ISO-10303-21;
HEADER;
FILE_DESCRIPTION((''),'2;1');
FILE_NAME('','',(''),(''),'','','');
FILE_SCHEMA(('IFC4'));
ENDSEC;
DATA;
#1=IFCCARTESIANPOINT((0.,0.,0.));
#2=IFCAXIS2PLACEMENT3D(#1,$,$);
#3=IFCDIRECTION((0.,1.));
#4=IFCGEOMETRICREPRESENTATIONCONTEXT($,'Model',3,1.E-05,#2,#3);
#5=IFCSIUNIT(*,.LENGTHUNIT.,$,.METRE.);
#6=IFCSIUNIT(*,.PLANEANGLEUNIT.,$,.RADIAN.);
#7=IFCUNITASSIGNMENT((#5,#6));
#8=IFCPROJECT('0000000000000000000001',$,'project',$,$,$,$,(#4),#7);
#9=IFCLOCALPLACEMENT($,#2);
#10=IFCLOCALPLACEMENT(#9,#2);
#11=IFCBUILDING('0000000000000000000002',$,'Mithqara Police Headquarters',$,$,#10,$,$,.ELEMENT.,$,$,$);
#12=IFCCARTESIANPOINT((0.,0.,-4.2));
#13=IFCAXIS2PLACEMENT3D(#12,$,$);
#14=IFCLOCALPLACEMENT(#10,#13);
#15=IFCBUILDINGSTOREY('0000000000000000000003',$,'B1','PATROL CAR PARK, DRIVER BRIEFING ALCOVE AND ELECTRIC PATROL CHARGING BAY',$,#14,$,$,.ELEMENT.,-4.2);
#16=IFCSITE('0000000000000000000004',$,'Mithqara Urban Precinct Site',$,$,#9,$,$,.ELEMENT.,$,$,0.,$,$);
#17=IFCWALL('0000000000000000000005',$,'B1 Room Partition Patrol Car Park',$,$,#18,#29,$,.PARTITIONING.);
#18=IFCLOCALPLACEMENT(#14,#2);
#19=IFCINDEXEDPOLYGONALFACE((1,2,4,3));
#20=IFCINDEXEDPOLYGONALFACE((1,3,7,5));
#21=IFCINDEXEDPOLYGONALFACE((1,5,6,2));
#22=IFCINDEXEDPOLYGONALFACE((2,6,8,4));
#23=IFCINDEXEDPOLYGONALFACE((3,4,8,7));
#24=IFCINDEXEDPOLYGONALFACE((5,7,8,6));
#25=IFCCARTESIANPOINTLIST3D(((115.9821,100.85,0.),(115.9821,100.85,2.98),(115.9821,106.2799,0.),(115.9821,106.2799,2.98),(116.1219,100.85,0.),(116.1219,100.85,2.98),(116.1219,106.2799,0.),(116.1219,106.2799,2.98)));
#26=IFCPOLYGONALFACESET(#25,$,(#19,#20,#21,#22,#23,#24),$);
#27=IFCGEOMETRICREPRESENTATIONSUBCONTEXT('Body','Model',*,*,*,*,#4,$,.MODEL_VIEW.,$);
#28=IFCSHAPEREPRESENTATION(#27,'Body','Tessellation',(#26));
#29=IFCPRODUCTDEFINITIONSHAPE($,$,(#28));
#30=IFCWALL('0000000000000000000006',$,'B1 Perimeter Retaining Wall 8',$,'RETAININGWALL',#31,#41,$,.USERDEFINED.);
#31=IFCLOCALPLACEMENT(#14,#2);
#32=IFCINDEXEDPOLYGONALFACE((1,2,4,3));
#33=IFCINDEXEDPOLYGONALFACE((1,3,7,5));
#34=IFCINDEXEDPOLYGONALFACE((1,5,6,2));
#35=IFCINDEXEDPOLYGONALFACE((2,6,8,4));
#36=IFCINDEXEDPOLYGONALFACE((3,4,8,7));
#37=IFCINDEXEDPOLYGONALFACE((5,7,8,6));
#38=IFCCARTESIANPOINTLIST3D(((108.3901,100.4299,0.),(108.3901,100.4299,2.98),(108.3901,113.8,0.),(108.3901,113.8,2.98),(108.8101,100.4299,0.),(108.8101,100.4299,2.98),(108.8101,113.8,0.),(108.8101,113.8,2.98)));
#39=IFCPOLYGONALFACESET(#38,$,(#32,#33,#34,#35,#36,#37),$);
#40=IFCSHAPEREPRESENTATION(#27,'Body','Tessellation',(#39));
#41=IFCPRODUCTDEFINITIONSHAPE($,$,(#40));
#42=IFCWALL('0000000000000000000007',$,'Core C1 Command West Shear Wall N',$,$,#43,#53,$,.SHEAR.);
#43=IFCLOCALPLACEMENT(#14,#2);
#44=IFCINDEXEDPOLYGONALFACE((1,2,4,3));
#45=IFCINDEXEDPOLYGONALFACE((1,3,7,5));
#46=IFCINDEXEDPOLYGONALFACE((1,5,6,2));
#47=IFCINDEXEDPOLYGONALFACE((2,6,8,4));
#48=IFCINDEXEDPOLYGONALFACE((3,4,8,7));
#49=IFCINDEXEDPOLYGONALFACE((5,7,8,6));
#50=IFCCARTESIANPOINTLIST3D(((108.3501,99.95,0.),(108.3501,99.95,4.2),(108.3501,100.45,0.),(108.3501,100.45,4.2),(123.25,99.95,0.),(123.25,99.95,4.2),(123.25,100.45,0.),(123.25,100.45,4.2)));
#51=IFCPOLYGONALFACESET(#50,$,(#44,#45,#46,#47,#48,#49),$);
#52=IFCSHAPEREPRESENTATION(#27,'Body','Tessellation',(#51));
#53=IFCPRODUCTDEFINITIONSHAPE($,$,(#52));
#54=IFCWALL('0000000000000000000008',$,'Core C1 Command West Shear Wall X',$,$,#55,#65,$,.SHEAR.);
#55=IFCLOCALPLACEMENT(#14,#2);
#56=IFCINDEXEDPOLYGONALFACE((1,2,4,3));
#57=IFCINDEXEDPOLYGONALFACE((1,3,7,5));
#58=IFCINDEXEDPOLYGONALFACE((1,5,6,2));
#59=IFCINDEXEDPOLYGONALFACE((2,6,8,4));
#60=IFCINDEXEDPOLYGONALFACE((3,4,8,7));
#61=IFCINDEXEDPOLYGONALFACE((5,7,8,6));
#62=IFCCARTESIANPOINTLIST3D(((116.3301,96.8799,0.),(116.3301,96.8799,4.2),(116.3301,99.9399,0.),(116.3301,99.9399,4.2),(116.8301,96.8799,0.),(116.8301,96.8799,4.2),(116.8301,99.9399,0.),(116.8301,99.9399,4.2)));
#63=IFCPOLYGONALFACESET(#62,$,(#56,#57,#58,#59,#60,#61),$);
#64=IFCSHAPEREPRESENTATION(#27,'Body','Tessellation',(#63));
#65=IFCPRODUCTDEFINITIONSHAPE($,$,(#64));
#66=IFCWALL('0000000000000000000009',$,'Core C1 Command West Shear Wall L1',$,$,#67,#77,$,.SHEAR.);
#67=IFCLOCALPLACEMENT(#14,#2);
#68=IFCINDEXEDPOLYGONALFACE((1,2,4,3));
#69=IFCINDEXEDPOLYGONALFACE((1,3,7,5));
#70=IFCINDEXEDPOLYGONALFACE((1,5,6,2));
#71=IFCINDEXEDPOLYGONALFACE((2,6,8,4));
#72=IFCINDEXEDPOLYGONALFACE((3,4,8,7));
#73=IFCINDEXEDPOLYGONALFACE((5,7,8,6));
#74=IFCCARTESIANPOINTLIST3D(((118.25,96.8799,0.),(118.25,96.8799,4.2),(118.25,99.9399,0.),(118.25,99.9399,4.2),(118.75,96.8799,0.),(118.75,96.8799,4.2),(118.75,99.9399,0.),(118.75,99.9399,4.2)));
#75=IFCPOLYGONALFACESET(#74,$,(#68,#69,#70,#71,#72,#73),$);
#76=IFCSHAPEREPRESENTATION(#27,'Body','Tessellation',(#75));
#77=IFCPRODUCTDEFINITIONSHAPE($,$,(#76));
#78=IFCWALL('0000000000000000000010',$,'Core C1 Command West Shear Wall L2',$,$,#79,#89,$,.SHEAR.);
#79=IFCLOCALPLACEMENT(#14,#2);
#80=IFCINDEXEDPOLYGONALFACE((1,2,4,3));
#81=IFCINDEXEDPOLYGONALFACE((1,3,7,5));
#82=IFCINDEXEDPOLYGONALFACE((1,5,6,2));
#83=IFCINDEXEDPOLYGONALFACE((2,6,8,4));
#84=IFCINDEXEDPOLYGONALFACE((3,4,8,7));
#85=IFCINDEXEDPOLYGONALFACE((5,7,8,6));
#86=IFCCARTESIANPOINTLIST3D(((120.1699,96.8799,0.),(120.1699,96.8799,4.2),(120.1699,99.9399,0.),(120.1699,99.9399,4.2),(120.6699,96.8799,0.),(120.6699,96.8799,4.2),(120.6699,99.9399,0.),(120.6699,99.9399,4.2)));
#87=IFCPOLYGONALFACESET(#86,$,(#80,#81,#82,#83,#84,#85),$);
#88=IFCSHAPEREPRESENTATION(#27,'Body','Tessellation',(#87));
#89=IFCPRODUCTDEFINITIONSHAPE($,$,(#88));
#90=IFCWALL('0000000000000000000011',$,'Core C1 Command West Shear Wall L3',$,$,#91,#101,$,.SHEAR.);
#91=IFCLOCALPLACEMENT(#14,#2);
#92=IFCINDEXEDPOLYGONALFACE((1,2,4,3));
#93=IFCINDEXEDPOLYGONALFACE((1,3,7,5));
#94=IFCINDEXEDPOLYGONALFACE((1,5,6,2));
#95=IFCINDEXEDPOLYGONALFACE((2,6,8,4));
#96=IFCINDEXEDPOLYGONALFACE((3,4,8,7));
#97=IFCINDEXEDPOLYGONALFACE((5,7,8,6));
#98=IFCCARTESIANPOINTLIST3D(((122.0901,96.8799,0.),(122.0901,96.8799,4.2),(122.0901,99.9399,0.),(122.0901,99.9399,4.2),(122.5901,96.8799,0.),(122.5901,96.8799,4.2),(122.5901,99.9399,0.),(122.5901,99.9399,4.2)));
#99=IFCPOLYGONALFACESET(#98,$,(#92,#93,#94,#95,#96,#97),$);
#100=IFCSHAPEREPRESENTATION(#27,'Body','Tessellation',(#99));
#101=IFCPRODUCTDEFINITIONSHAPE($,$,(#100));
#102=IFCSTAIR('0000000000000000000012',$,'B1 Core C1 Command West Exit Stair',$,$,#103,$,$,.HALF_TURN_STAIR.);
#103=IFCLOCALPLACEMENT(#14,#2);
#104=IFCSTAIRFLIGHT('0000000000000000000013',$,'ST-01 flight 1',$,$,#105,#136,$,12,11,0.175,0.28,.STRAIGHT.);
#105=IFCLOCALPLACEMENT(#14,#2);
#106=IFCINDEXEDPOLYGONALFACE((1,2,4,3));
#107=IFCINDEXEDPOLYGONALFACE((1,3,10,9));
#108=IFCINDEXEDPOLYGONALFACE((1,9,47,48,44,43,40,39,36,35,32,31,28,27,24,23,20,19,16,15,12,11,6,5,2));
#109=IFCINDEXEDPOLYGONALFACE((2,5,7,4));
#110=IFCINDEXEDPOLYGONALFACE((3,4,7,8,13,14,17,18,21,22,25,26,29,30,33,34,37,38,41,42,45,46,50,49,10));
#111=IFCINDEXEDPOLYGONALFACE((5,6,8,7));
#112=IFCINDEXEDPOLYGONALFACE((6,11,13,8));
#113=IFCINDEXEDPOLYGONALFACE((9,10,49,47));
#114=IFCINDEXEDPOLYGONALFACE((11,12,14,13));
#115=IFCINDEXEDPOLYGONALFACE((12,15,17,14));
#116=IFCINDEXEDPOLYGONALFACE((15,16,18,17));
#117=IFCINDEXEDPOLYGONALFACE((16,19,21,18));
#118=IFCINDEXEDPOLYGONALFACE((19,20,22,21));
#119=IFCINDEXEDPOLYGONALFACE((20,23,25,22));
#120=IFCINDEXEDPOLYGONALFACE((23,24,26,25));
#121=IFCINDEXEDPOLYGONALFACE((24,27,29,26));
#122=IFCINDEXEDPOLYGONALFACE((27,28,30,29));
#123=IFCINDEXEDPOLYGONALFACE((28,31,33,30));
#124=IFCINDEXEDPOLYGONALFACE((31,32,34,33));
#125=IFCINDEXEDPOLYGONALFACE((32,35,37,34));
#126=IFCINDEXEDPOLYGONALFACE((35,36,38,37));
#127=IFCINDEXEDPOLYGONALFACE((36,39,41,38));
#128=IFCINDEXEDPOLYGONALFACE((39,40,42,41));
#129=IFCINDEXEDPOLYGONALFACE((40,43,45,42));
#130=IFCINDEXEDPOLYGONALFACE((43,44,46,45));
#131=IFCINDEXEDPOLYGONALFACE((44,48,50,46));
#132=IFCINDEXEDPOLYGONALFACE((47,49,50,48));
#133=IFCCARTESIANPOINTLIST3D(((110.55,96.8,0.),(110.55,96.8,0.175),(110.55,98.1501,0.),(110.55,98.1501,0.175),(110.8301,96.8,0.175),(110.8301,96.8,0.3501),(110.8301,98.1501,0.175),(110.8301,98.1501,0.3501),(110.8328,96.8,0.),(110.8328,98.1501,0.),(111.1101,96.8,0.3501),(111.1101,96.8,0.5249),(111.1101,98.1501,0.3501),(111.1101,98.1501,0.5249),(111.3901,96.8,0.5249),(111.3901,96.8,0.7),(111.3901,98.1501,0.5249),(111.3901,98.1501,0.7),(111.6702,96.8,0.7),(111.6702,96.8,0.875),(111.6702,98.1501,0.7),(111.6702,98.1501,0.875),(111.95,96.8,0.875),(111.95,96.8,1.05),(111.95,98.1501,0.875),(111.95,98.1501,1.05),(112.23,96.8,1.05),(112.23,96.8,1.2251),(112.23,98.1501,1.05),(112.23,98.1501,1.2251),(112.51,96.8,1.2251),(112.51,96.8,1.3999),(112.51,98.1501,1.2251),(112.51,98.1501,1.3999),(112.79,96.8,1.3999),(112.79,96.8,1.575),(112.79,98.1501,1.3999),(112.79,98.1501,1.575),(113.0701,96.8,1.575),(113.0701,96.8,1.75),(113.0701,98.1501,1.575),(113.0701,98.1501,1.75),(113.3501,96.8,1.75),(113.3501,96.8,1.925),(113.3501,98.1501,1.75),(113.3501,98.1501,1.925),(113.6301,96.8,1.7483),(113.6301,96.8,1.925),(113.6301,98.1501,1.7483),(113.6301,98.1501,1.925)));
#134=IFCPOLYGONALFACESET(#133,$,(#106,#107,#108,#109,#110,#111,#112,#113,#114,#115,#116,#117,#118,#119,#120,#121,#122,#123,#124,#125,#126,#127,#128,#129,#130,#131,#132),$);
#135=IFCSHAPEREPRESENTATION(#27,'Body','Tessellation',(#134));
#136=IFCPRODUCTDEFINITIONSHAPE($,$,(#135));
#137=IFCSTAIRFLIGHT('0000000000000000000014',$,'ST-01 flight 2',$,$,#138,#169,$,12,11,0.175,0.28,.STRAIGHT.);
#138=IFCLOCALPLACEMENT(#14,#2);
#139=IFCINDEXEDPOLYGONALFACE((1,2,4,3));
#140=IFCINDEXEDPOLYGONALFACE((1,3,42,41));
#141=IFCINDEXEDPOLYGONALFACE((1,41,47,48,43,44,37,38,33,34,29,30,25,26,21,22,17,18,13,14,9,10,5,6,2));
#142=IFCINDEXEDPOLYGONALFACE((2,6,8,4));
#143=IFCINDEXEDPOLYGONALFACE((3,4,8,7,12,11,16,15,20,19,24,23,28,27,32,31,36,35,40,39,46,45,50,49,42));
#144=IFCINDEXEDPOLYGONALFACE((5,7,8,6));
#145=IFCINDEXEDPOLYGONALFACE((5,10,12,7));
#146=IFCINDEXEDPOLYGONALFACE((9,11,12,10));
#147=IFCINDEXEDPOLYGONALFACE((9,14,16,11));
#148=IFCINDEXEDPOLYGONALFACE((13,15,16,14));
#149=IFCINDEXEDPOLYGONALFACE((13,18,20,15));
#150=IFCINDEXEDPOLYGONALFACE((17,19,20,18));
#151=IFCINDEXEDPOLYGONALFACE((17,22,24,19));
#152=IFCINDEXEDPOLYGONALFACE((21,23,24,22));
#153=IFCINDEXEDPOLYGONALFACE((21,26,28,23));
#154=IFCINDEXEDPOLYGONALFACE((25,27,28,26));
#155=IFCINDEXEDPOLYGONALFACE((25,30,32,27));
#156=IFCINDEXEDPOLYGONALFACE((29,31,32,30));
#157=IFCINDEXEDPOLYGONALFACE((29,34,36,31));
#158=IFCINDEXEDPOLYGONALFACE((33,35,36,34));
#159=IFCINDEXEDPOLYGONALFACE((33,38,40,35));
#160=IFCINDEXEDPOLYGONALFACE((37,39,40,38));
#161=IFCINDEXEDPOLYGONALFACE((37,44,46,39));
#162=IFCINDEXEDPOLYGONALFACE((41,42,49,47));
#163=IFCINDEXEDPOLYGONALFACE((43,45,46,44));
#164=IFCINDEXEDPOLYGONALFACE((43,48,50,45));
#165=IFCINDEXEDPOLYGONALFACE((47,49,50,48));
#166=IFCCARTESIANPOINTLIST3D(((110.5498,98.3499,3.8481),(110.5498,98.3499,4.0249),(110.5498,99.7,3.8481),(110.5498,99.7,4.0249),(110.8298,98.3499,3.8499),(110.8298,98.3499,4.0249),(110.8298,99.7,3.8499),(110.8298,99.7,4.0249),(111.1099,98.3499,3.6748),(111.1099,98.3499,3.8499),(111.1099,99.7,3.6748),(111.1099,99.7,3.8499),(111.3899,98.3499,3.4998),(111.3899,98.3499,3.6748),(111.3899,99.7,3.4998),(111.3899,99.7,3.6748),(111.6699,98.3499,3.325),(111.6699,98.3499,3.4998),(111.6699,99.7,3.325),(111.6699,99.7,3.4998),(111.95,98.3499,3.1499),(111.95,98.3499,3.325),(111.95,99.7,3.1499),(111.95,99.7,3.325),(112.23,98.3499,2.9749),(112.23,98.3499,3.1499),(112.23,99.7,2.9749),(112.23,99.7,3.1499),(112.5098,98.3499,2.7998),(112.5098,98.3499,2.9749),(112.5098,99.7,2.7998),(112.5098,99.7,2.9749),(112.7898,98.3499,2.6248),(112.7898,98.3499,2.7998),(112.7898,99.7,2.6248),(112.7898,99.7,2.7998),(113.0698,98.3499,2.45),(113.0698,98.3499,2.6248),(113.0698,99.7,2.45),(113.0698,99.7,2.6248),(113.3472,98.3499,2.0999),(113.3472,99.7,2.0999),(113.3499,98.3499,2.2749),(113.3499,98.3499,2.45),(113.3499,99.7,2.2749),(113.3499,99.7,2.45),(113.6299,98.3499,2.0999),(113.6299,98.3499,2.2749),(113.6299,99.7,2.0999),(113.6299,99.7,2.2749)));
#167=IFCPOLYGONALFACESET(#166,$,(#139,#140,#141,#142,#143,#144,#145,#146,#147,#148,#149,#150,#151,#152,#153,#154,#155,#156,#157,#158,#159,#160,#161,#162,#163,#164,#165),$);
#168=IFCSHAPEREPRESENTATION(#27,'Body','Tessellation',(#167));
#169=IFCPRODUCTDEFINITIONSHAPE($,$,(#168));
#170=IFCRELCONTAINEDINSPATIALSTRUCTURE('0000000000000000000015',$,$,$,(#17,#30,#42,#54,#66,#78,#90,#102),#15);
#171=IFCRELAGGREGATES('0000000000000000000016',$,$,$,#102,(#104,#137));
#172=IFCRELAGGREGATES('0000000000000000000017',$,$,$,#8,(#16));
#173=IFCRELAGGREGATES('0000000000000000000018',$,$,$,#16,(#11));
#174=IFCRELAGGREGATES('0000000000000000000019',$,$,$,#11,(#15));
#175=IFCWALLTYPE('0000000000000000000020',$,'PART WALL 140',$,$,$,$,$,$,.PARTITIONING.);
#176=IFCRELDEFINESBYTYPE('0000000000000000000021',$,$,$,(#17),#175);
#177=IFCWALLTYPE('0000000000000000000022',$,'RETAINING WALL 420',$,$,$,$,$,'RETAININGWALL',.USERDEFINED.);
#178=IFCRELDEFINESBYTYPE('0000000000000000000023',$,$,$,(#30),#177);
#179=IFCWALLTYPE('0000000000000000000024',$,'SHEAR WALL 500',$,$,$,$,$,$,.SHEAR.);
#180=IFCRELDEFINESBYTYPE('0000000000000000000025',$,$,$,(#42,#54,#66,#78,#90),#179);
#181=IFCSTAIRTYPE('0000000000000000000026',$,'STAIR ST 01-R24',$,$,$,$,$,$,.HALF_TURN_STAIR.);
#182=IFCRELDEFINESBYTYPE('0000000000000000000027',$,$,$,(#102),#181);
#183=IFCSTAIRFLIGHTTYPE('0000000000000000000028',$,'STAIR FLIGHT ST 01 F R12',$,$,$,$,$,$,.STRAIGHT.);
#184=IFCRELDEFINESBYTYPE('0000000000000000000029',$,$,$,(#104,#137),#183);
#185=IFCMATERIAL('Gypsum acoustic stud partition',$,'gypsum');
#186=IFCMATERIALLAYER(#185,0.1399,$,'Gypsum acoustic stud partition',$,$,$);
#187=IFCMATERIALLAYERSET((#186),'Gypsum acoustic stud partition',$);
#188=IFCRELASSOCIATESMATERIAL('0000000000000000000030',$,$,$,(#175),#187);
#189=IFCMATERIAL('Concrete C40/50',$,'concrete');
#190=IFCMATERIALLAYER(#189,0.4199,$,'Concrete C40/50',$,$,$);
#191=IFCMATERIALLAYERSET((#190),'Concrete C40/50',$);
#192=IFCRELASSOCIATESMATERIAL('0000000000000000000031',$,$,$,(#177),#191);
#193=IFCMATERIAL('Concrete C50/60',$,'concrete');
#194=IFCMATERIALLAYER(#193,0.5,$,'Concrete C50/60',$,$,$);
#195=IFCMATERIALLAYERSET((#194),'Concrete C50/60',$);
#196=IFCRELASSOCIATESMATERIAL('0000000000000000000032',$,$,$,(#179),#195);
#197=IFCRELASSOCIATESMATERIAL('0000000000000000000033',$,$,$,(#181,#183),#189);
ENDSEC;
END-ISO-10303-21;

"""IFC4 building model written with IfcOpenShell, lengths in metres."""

from ifc_helpers import new_model, si_unit, direction, frame, frame_2d, origin, place, context, subcontext, project, spatial, polyline, rectangle, outline, extrude, material, layer, layer_set, type_object, element, aggregate, save


model = new_model("IFC4")

# Units and contexts
model_context = context("Model", 3, precision=1e-05, world=origin(), true_north=direction((0.0, 1.0)))
body_context = subcontext(model_context, "Body", "Model", "MODEL_VIEW")
ifc_project = project(units=[si_unit("LENGTHUNIT", "METRE"), si_unit("PLANEANGLEUNIT", "RADIAN")], contexts=[model_context])

# Site, building, storey
site_placement = place(None, origin())
site = spatial("IfcSite", under=ifc_project, at=site_placement, Name="Mithqara Urban Precinct Site", CompositionType="ELEMENT", RefElevation=0.0)
building_placement = place(site_placement, origin())
building = spatial("IfcBuilding", under=site, at=building_placement, Name="Mithqara Police Headquarters", CompositionType="ELEMENT")
storey_placement = place(building_placement, frame((0.0, 0.0, -4.2)))
storey = spatial("IfcBuildingStorey", under=building, at=storey_placement, Name="B1", Description="PATROL CAR PARK, DRIVER BRIEFING ALCOVE AND ELECTRIC PATROL CHARGING BAY", CompositionType="ELEMENT", Elevation=-4.2)

# Shared definitions
ifc_material_1 = material(Name="Concrete C40/50", Category="concrete")
ifc_material_2 = material(Name="Concrete C50/60", Category="concrete")

# Walls
ifc_material_3 = material(Name="Gypsum acoustic stud partition", Category="gypsum")
ifc_layer_1 = layer(ifc_material_3, 0.1399, Name="Gypsum acoustic stud partition")
ifc_layer_set_1 = layer_set([ifc_layer_1], Name="Gypsum acoustic stud partition")
wall_type_1 = type_object("IfcWallType", Name="PART WALL 140", PredefinedType="PARTITIONING", material=ifc_layer_set_1)
wall_1_placement = place(storey_placement, frame((116.052, 100.8501, 0.0), z_axis=(0.0, 0.0, 1.0), x_axis=(0.0, 1.0, 0.0)))
element("IfcWall", 1, at=wall_1_placement, inside=storey, type_object=wall_type_1, Name="B1 Room Partition Patrol Car Park", PredefinedType="PARTITIONING", context=body_context, shape_type="SweptSolid", body=[
    extrude(rectangle(XDim=5.4299, YDim=0.1399, at=frame_2d((2.7148, 0.0))), origin(), (0.0, 0.0, 1.0), 2.98),
])
ifc_layer_2 = layer(ifc_material_1, 0.4199, Name="Concrete C40/50")
ifc_layer_set_2 = layer_set([ifc_layer_2], Name="Concrete C40/50")
wall_type_2 = type_object("IfcWallType", Name="RETAINING WALL 420", ElementType="RETAININGWALL", PredefinedType="USERDEFINED", material=ifc_layer_set_2)
wall_2_placement = place(storey_placement, frame((108.6001, 100.4299, 0.0), z_axis=(0.0, 0.0, 1.0), x_axis=(0.0, 1.0, 0.0)))
element("IfcWall", 2, at=wall_2_placement, inside=storey, type_object=wall_type_2, Name="B1 Perimeter Retaining Wall 8", ObjectType="RETAININGWALL", PredefinedType="USERDEFINED", context=body_context, shape_type="SweptSolid", body=[
    extrude(rectangle(XDim=13.3701, YDim=0.4199, at=frame_2d((6.6851, 0.0))), origin(), (0.0, 0.0, 1.0), 2.98),
])
ifc_layer_3 = layer(ifc_material_2, 0.5, Name="Concrete C50/60")
ifc_layer_set_3 = layer_set([ifc_layer_3], Name="Concrete C50/60")
wall_type_3 = type_object("IfcWallType", Name="SHEAR WALL 500", PredefinedType="SHEAR", material=ifc_layer_set_3)
wall_3_placement = place(storey_placement, frame((108.3501, 100.2, 0.0), z_axis=(0.0, 0.0, 1.0), x_axis=(1.0, 0.0, 0.0)))
element("IfcWall", 3, at=wall_3_placement, inside=storey, type_object=wall_type_3, Name="Core C1 Command West Shear Wall N", PredefinedType="SHEAR", context=body_context, shape_type="SweptSolid", body=[
    extrude(rectangle(XDim=14.8999, YDim=0.5, at=frame_2d((7.45, 0.0))), origin(), (0.0, 0.0, 1.0), 4.2),
])
for number, where, z_axis, x_axis, name in (
    (4, (116.5801, 96.8799, 0.0), (0.0, 0.0, 1.0), (0.0, 1.0, 0.0), "Core C1 Command West Shear Wall X"),
    (5, (118.5, 96.8799, 0.0), (0.0, 0.0, 1.0), (0.0, 1.0, 0.0), "Core C1 Command West Shear Wall L1"),
    (6, (120.4199, 96.8799, 0.0), (0.0, 0.0, 1.0), (0.0, 1.0, 0.0), "Core C1 Command West Shear Wall L2"),
    (7, (122.3401, 96.8799, 0.0), (0.0, 0.0, 1.0), (0.0, 1.0, 0.0), "Core C1 Command West Shear Wall L3"),
):
    element("IfcWall", number, at=place(storey_placement, frame(where, z_axis=z_axis, x_axis=x_axis)), inside=storey, type_object=wall_type_3, Name=name, PredefinedType="SHEAR", context=body_context, shape_type="SweptSolid", body=[
        extrude(rectangle(XDim=3.0601, YDim=0.5, at=frame_2d((1.53, 0.0))), origin(), (0.0, 0.0, 1.0), 4.2),
    ])

# Stair, stair flights
stair_type = type_object("IfcStairType", Name="STAIR ST 01-R24", PredefinedType="HALF_TURN_STAIR", material=ifc_material_1)
stair_placement = place(storey_placement, origin())
stair = element("IfcStair", 8, at=stair_placement, inside=storey, type_object=stair_type, Name="B1 Core C1 Command West Exit Stair", PredefinedType="HALF_TURN_STAIR")
stair_flight_type = type_object("IfcStairFlightType", Name="STAIR FLIGHT ST 01 F R12", PredefinedType="STRAIGHT", material=ifc_material_1)
stair_flight_1_placement = place(storey_placement, frame((110.55, 97.4751, 0.0), z_axis=(0.0, 0.0, 1.0), x_axis=(1.0, 0.0, 0.0)))
stair_flight_1 = element("IfcStairFlight", 9, at=stair_flight_1_placement, type_object=stair_flight_type, Name="ST-01 flight 1", NumberOfRisers=12, NumberOfTreads=11, PredefinedType="STRAIGHT", RiserHeight=0.175, TreadLength=0.28, context=body_context, shape_type="SweptSolid", body=[
    extrude(outline(polyline([(0.0, 0.0), (0.0, 0.175), (0.28, 0.175), (0.28, 0.3501), (0.5601, 0.3501), (0.5601, 0.5249), (0.8401, 0.5249), (0.8401, 0.7), (1.1201, 0.7), (1.1201, 0.875), (1.3999, 0.875), (1.3999, 1.05), (1.6799, 1.05), (1.6799, 1.2251), (1.96, 1.2251), (1.96, 1.3999), (2.24, 1.3999), (2.24, 1.575), (2.52, 1.575), (2.52, 1.75), (2.8, 1.75), (2.8, 1.925), (3.0801, 1.925), (3.0801, 2.1001), (3.0801, 1.7483), (0.2827, 0.0), (0.0, 0.0)])), frame((0.0, 0.675, 0.0), z_axis=(0.0, -1.0, 0.0), x_axis=(1.0, 0.0, 0.0)), (0.0, 0.0, 1.0), 1.3501),
])
stair_flight_2_placement = place(storey_placement, frame((113.6299, 99.0249, 2.0999), z_axis=(0.0, 0.0, 1.0), x_axis=(-1.0, 0.0, 0.0)))
stair_flight_2 = element("IfcStairFlight", 10, at=stair_flight_2_placement, type_object=stair_flight_type, Name="ST-01 flight 2", NumberOfRisers=12, NumberOfTreads=11, PredefinedType="STRAIGHT", RiserHeight=0.175, TreadLength=0.28, context=body_context, shape_type="SweptSolid", body=[
    extrude(outline(polyline([(0.0, 0.0), (0.0, 0.175), (0.28, 0.175), (0.28, 0.3501), (0.5601, 0.3501), (0.5601, 0.5249), (0.8401, 0.5249), (0.8401, 0.7), (1.1201, 0.7), (1.1201, 0.875), (1.3999, 0.875), (1.3999, 1.05), (1.6799, 1.05), (1.6799, 1.2251), (1.96, 1.2251), (1.96, 1.3999), (2.24, 1.3999), (2.24, 1.575), (2.52, 1.575), (2.52, 1.75), (2.8, 1.75), (2.8, 1.925), (3.0801, 1.925), (3.0801, 2.1001), (3.0801, 1.7483), (0.2827, 0.0), (0.0, 0.0)])), frame((0.0, 0.675, 0.0), z_axis=(0.0, -1.0, 0.0), x_axis=(1.0, 0.0, 0.0)), (0.0, 0.0, 1.0), 1.3501),
])
aggregate(stair, [stair_flight_1, stair_flight_2])

save(model, "model.ifc")
